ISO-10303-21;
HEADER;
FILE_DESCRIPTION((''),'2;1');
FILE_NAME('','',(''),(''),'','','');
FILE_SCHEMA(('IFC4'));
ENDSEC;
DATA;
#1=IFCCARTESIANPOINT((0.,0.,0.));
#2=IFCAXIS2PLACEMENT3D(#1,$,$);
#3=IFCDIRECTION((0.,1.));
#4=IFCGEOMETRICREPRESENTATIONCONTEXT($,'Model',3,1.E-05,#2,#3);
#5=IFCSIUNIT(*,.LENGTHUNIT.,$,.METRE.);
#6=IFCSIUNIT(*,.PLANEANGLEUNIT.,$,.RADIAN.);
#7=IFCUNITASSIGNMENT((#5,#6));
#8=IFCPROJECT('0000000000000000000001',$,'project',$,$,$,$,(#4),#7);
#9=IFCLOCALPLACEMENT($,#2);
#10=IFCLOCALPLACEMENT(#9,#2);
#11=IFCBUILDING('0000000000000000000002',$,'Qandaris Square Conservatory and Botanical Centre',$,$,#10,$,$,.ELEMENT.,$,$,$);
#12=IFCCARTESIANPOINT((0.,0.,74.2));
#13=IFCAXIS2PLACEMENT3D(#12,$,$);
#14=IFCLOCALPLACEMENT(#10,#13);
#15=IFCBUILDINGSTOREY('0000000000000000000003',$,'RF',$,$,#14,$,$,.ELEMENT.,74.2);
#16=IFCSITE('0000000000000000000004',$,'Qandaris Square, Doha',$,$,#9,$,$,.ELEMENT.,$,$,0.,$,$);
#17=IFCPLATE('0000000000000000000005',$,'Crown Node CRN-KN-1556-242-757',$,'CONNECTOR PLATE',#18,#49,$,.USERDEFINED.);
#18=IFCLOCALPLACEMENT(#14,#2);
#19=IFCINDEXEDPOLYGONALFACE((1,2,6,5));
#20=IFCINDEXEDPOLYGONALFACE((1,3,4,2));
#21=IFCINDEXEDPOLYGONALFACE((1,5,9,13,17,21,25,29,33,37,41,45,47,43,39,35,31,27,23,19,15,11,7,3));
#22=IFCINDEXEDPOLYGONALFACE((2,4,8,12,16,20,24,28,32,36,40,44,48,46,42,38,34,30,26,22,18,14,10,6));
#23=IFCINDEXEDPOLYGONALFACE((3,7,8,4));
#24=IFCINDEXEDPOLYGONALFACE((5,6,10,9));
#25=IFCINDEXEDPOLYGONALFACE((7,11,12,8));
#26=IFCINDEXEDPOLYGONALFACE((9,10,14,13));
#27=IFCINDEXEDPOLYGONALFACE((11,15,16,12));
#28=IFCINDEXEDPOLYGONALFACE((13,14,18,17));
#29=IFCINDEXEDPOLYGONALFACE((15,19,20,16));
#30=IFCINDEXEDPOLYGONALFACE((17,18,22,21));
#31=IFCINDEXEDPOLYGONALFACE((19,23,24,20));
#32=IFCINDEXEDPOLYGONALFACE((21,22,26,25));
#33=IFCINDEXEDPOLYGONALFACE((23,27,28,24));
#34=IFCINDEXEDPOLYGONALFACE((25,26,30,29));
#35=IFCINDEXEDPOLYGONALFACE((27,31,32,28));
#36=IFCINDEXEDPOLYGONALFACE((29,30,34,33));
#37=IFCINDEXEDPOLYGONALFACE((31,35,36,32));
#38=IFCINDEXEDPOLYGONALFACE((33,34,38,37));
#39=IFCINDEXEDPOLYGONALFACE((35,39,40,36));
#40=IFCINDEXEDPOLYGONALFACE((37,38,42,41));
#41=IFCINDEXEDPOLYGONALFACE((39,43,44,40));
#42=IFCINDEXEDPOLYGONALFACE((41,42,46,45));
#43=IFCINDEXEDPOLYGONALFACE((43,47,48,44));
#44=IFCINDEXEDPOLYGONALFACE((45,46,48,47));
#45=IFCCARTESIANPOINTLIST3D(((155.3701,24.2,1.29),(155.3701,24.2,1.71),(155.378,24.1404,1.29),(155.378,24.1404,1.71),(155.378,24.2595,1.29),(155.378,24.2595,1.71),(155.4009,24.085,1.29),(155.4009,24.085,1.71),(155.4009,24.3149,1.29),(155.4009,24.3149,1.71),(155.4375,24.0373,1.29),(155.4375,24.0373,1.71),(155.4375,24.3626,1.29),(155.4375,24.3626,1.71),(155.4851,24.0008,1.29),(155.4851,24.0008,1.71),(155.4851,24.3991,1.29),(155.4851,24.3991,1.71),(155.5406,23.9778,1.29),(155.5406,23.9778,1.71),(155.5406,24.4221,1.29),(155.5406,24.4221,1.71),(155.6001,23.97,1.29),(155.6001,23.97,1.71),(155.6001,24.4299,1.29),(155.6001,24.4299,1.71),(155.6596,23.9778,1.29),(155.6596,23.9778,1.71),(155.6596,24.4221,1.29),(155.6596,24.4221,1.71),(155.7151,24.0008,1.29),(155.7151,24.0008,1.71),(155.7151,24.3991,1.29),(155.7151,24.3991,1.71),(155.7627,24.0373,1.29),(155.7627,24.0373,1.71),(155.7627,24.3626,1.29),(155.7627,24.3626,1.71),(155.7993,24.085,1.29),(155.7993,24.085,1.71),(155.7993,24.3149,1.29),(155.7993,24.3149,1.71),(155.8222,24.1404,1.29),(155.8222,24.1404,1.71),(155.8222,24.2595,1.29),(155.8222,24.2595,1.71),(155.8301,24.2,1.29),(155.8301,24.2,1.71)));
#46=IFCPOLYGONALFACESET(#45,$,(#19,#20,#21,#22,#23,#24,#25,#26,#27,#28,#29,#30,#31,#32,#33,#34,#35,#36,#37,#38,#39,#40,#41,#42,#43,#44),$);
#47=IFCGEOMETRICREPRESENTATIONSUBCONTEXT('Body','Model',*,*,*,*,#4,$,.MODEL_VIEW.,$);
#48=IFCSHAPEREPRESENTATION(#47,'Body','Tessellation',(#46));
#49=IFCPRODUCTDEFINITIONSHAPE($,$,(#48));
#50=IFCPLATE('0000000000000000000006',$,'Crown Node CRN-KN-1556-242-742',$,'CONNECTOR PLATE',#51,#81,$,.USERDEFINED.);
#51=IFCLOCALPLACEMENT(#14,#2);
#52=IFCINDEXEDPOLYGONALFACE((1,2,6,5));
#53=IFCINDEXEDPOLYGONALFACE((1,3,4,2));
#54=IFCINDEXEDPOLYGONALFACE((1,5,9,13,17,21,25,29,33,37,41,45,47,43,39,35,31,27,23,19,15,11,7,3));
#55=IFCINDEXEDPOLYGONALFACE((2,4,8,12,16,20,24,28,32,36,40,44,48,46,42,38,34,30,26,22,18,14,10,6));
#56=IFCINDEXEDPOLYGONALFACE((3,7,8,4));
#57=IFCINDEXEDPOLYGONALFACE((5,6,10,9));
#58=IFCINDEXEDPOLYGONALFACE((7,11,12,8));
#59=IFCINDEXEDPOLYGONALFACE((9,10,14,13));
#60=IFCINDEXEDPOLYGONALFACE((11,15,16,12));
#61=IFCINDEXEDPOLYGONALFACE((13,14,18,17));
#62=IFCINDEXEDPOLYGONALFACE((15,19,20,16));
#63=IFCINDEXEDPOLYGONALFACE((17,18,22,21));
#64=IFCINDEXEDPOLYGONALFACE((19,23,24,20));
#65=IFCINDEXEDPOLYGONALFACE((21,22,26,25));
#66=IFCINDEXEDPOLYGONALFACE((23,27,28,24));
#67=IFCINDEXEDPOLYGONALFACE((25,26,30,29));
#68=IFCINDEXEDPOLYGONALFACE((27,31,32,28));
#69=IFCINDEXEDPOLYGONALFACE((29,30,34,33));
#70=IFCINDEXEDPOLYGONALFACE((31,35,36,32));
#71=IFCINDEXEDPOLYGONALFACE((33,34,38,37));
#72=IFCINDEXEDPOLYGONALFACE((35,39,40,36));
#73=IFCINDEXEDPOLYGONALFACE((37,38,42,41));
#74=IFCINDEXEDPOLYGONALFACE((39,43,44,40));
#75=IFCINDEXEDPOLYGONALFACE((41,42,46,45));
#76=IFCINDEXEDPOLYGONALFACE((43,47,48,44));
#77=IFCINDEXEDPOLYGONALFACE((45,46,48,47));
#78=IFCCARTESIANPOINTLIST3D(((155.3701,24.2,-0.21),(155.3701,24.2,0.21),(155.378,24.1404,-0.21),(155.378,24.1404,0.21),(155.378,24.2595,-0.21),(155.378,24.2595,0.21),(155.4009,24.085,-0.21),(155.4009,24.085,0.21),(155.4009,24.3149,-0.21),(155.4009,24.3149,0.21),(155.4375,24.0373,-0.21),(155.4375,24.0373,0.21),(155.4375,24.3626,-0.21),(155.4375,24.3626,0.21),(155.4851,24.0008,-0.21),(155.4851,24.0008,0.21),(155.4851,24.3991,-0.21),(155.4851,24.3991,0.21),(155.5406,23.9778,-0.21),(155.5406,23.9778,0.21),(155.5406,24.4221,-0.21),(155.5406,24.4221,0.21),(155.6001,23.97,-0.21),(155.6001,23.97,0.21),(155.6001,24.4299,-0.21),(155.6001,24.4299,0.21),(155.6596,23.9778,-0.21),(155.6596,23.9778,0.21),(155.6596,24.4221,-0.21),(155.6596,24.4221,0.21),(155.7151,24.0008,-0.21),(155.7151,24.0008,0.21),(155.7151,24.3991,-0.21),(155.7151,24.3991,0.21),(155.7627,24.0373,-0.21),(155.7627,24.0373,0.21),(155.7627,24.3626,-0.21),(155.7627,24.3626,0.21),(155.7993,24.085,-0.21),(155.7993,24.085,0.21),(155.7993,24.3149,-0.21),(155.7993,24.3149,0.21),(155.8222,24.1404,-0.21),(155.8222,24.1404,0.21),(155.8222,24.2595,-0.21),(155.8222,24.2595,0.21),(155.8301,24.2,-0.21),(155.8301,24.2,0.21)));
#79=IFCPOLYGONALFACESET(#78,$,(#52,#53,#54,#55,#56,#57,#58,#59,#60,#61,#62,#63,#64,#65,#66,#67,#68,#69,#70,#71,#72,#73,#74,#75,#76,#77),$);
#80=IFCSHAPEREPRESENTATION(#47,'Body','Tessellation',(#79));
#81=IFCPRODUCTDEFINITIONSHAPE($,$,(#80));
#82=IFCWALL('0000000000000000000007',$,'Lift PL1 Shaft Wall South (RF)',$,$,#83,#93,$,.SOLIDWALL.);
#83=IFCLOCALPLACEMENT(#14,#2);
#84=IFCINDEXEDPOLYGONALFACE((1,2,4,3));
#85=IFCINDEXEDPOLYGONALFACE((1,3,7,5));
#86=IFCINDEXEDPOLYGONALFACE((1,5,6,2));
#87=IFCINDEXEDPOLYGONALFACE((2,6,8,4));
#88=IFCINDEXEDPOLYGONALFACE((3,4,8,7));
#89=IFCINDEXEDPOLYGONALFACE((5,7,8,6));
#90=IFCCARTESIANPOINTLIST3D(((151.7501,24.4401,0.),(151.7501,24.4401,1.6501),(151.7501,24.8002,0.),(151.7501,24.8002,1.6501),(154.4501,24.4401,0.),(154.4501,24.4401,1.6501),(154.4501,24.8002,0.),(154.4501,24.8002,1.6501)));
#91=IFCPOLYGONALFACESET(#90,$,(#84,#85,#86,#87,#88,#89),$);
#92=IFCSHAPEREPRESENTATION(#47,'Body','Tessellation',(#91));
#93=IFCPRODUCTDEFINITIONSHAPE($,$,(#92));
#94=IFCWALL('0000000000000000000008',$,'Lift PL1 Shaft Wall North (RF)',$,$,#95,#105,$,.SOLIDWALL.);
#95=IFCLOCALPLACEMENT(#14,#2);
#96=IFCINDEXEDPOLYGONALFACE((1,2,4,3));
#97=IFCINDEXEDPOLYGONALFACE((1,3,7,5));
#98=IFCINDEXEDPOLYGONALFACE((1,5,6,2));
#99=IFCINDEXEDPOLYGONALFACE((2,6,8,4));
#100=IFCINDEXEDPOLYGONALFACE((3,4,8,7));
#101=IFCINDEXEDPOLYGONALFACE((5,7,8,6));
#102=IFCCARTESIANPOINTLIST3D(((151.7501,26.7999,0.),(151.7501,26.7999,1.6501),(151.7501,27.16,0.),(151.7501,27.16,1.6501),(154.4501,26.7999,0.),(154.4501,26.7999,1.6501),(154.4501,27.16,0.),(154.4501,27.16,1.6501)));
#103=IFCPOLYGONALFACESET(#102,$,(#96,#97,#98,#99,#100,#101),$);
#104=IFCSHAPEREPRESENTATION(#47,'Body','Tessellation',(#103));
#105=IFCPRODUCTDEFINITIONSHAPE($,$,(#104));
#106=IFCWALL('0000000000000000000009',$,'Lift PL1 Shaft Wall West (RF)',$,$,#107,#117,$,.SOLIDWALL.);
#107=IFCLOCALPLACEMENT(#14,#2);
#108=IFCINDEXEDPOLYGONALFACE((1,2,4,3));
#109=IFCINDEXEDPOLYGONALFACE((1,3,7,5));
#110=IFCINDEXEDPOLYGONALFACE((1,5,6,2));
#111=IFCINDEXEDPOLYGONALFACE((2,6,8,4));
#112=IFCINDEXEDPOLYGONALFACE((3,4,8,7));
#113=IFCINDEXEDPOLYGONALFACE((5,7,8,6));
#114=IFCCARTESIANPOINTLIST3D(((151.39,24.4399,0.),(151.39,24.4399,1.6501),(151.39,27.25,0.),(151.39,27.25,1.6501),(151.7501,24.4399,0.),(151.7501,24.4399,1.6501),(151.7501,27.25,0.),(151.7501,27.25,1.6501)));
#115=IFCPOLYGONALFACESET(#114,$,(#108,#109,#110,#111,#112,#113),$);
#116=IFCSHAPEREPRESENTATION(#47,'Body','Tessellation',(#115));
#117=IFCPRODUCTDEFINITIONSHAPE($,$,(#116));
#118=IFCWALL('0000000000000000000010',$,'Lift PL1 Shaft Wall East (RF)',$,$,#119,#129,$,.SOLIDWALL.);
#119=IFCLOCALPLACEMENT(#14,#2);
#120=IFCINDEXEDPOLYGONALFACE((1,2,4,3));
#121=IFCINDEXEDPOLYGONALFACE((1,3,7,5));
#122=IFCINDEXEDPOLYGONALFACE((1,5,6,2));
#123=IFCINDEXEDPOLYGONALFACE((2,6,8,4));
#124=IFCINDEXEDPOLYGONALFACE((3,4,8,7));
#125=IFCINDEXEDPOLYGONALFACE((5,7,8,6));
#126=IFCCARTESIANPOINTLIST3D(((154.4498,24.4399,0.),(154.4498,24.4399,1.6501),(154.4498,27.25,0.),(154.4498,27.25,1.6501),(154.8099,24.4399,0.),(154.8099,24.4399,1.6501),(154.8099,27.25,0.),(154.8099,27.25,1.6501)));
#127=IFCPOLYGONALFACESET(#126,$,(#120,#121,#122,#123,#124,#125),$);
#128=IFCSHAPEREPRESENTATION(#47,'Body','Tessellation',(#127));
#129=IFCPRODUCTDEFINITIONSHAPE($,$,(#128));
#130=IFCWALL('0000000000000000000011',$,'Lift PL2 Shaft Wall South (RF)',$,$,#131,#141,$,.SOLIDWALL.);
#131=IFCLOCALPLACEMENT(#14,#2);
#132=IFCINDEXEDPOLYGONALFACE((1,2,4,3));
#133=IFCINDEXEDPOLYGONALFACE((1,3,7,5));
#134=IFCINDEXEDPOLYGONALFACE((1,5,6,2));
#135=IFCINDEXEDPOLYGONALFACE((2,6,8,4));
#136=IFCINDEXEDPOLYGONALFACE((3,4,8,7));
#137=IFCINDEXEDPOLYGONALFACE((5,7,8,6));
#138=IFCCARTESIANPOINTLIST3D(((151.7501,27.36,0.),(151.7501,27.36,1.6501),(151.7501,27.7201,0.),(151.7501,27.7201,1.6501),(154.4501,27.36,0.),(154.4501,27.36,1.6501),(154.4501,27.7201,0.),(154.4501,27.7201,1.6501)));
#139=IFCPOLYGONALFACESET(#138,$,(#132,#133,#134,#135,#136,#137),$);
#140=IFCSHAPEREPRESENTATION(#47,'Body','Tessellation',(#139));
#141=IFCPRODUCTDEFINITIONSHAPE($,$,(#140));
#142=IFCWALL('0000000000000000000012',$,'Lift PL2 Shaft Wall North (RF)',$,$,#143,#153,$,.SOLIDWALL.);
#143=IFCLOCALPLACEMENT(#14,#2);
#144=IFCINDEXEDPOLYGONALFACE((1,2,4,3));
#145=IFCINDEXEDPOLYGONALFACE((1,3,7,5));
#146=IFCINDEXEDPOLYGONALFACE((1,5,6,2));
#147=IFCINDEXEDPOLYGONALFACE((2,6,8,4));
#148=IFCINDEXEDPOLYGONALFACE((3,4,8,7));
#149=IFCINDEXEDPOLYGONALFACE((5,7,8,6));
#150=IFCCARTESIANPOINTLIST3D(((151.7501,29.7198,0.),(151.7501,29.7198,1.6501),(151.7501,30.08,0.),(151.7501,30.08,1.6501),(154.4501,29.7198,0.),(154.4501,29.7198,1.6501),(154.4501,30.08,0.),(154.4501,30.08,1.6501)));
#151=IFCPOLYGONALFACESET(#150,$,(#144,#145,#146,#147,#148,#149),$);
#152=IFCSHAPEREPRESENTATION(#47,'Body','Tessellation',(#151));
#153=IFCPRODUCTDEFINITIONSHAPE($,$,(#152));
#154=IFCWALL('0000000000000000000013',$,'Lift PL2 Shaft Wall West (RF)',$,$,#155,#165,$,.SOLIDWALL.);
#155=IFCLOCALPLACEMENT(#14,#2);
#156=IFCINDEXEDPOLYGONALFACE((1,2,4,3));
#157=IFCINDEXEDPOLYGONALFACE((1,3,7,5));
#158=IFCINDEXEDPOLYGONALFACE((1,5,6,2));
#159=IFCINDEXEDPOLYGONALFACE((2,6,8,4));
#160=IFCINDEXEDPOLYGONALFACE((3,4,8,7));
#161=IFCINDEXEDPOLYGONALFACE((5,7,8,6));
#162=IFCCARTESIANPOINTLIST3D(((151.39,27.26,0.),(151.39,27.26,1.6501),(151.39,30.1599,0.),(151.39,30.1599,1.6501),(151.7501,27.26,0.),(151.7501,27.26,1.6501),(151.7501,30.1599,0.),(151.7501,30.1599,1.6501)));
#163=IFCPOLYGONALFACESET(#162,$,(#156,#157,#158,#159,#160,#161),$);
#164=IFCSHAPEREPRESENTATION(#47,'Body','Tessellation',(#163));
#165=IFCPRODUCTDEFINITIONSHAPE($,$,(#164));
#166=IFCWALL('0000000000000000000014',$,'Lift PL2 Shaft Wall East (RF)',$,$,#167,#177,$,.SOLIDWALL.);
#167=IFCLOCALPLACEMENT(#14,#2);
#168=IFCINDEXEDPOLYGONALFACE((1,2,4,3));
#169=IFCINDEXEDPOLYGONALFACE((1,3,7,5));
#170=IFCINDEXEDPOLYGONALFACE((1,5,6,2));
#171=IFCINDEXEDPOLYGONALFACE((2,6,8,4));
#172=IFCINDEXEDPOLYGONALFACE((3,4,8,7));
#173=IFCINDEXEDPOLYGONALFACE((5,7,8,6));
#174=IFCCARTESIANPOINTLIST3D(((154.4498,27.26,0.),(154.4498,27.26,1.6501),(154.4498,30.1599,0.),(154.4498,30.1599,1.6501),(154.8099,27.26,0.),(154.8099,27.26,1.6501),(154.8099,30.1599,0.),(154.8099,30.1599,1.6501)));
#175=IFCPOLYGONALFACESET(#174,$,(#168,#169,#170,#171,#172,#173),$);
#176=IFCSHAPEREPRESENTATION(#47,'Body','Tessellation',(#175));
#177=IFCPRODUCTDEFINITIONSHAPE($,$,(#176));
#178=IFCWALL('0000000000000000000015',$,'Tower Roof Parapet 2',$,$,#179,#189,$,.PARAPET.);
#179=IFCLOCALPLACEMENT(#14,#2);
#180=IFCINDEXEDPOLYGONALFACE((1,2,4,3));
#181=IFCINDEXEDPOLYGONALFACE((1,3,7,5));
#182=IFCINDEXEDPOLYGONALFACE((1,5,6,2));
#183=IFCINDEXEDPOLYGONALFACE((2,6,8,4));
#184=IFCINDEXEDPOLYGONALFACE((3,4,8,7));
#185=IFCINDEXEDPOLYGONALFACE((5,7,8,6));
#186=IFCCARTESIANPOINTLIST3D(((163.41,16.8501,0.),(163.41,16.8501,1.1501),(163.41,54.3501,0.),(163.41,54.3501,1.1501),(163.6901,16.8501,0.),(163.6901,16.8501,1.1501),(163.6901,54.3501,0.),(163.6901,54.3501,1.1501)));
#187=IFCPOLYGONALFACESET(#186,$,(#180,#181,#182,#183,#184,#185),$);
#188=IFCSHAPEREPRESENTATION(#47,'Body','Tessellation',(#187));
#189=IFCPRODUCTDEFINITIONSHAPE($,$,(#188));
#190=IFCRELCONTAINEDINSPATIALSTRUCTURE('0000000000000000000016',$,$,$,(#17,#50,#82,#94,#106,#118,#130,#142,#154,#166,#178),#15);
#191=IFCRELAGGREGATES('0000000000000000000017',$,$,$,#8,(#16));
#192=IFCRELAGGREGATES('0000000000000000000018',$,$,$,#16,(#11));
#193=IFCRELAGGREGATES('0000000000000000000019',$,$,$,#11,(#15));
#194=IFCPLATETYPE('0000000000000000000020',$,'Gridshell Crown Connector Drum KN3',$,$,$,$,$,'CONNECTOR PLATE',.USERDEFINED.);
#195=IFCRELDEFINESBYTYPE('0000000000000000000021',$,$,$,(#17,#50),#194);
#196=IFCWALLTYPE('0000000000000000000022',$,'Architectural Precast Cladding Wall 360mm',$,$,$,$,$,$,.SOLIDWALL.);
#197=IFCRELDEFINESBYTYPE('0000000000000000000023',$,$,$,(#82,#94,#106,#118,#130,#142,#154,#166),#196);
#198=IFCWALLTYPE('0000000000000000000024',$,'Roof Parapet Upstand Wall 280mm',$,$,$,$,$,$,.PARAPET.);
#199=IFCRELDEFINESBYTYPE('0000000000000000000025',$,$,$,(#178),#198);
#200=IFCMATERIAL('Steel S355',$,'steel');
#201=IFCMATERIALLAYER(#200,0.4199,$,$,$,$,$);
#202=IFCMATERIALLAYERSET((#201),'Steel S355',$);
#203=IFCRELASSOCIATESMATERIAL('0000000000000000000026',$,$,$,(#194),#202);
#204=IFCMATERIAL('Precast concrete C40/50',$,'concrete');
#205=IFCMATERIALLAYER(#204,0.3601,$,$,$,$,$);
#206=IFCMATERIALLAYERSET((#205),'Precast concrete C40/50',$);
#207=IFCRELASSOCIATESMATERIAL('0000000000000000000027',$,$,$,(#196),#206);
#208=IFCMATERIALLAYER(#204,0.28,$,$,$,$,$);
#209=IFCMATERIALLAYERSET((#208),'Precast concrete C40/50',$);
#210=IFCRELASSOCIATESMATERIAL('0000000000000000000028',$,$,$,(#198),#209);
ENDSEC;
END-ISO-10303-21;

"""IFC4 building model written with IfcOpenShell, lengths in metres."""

from ifc_helpers import new_model, si_unit, direction, frame, frame_2d, origin, origin_2d, place, context, subcontext, project, spatial, rectangle, circle, extrude, material, layer, layer_set, type_object, element, save


model = new_model("IFC4")

# Units and contexts
model_context = context("Model", 3, precision=1e-05, world=origin(), true_north=direction((0.0, 1.0)))
body_context = subcontext(model_context, "Body", "Model", "MODEL_VIEW")
ifc_project = project(units=[si_unit("LENGTHUNIT", "METRE"), si_unit("PLANEANGLEUNIT", "RADIAN")], contexts=[model_context])

# Site, building, storey
site_placement = place(None, origin())
site = spatial("IfcSite", under=ifc_project, at=site_placement, Name="Qandaris Square, Doha", CompositionType="ELEMENT", RefElevation=0.0)
building_placement = place(site_placement, origin())
building = spatial("IfcBuilding", under=site, at=building_placement, Name="Qandaris Square Conservatory and Botanical Centre", CompositionType="ELEMENT")
storey_placement = place(building_placement, frame((0.0, 0.0, 74.2)))
storey = spatial("IfcBuildingStorey", under=building, at=storey_placement, Name="RF", CompositionType="ELEMENT", Elevation=74.2)

# Shared definitions
ifc_material_1 = material(Name="Steel S355", Category="steel")

# Plates
ifc_layer_1 = layer(ifc_material_1, 0.4199)
ifc_layer_set_1 = layer_set([ifc_layer_1], Name="Steel S355")
plate_type_1 = type_object("IfcPlateType", Name="Gridshell Crown Connector Drum KN3", ElementType="CONNECTOR PLATE", PredefinedType="USERDEFINED", material=ifc_layer_set_1)
for number, where, z_axis, x_axis, name in (
    (1, (155.6001, 24.2, 1.29), (0.0, 0.0, 1.0), (1.0, 0.0, 0.0), "Crown Node CRN-KN-1556-242-757"),
    (2, (155.6001, 24.2, -0.21), (0.0, 0.0, 1.0), (1.0, 0.0, 0.0), "Crown Node CRN-KN-1556-242-742"),
):
    element("IfcPlate", number, at=place(storey_placement, frame(where, z_axis=z_axis, x_axis=x_axis)), inside=storey, type_object=plate_type_1, Name=name, ObjectType="CONNECTOR PLATE", PredefinedType="USERDEFINED", context=body_context, shape_type="SweptSolid", body=[
        extrude(circle(Radius=0.23, at=origin_2d()), origin(), (0.0, 0.0, 1.0), 0.4199),
    ])

# Walls
ifc_material_2 = material(Name="Precast concrete C40/50", Category="concrete")
ifc_layer_2 = layer(ifc_material_2, 0.3601)
ifc_layer_set_2 = layer_set([ifc_layer_2], Name="Precast concrete C40/50")
wall_type_1 = type_object("IfcWallType", Name="Architectural Precast Cladding Wall 360mm", PredefinedType="SOLIDWALL", material=ifc_layer_set_2)
for number, where, z_axis, x_axis, name in (
    (3, (151.75, 24.6201, 0.0), (0.0, 0.0, 1.0), (1.0, 0.0, 0.0), "Lift PL1 Shaft Wall South (RF)"),
    (4, (151.75, 26.98, 0.0), (0.0, 0.0, 1.0), (1.0, 0.0, 0.0), "Lift PL1 Shaft Wall North (RF)"),
):
    element("IfcWall", number, at=place(storey_placement, frame(where, z_axis=z_axis, x_axis=x_axis)), inside=storey, type_object=wall_type_1, Name=name, PredefinedType="SOLIDWALL", context=body_context, shape_type="SweptSolid", body=[
        extrude(rectangle(XDim=2.7, YDim=0.3601, at=frame_2d((1.3501, 0.0))), origin(), (0.0, 0.0, 1.0), 1.6501),
    ])
for number, where, z_axis, x_axis, name in (
    (5, (151.5701, 24.4399, 0.0), (0.0, 0.0, 1.0), (0.0, 1.0, 0.0), "Lift PL1 Shaft Wall West (RF)"),
    (6, (154.6299, 24.4399, 0.0), (0.0, 0.0, 1.0), (0.0, 1.0, 0.0), "Lift PL1 Shaft Wall East (RF)"),
):
    element("IfcWall", number, at=place(storey_placement, frame(where, z_axis=z_axis, x_axis=x_axis)), inside=storey, type_object=wall_type_1, Name=name, PredefinedType="SOLIDWALL", context=body_context, shape_type="SweptSolid", body=[
        extrude(rectangle(XDim=2.8101, YDim=0.3601, at=frame_2d((1.405, 0.0))), origin(), (0.0, 0.0, 1.0), 1.6501),
    ])
for number, where, z_axis, x_axis, name in (
    (7, (151.75, 27.54, 0.0), (0.0, 0.0, 1.0), (1.0, 0.0, 0.0), "Lift PL2 Shaft Wall South (RF)"),
    (8, (151.75, 29.8999, 0.0), (0.0, 0.0, 1.0), (1.0, 0.0, 0.0), "Lift PL2 Shaft Wall North (RF)"),
):
    element("IfcWall", number, at=place(storey_placement, frame(where, z_axis=z_axis, x_axis=x_axis)), inside=storey, type_object=wall_type_1, Name=name, PredefinedType="SOLIDWALL", context=body_context, shape_type="SweptSolid", body=[
        extrude(rectangle(XDim=2.7, YDim=0.3601, at=frame_2d((1.3501, 0.0))), origin(), (0.0, 0.0, 1.0), 1.6501),
    ])
for number, where, z_axis, x_axis, name in (
    (9, (151.5701, 27.26, 0.0), (0.0, 0.0, 1.0), (0.0, 1.0, 0.0), "Lift PL2 Shaft Wall West (RF)"),
    (10, (154.6299, 27.26, 0.0), (0.0, 0.0, 1.0), (0.0, 1.0, 0.0), "Lift PL2 Shaft Wall East (RF)"),
):
    element("IfcWall", number, at=place(storey_placement, frame(where, z_axis=z_axis, x_axis=x_axis)), inside=storey, type_object=wall_type_1, Name=name, PredefinedType="SOLIDWALL", context=body_context, shape_type="SweptSolid", body=[
        extrude(rectangle(XDim=2.8999, YDim=0.3601, at=frame_2d((1.45, 0.0))), origin(), (0.0, 0.0, 1.0), 1.6501),
    ])
ifc_layer_3 = layer(ifc_material_2, 0.28)
ifc_layer_set_3 = layer_set([ifc_layer_3], Name="Precast concrete C40/50")
wall_type_2 = type_object("IfcWallType", Name="Roof Parapet Upstand Wall 280mm", PredefinedType="PARAPET", material=ifc_layer_set_3)
wall_placement = place(storey_placement, frame((163.55, 16.8501, 0.0), z_axis=(0.0, 0.0, 1.0), x_axis=(0.0, 1.0, 0.0)))
element("IfcWall", 11, at=wall_placement, inside=storey, type_object=wall_type_2, Name="Tower Roof Parapet 2", PredefinedType="PARAPET", context=body_context, shape_type="SweptSolid", body=[
    extrude(rectangle(XDim=37.5, YDim=0.28, at=frame_2d((18.75, 0.0))), origin(), (0.0, 0.0, 1.0), 1.1501),
])

save(model, "model.ifc")
